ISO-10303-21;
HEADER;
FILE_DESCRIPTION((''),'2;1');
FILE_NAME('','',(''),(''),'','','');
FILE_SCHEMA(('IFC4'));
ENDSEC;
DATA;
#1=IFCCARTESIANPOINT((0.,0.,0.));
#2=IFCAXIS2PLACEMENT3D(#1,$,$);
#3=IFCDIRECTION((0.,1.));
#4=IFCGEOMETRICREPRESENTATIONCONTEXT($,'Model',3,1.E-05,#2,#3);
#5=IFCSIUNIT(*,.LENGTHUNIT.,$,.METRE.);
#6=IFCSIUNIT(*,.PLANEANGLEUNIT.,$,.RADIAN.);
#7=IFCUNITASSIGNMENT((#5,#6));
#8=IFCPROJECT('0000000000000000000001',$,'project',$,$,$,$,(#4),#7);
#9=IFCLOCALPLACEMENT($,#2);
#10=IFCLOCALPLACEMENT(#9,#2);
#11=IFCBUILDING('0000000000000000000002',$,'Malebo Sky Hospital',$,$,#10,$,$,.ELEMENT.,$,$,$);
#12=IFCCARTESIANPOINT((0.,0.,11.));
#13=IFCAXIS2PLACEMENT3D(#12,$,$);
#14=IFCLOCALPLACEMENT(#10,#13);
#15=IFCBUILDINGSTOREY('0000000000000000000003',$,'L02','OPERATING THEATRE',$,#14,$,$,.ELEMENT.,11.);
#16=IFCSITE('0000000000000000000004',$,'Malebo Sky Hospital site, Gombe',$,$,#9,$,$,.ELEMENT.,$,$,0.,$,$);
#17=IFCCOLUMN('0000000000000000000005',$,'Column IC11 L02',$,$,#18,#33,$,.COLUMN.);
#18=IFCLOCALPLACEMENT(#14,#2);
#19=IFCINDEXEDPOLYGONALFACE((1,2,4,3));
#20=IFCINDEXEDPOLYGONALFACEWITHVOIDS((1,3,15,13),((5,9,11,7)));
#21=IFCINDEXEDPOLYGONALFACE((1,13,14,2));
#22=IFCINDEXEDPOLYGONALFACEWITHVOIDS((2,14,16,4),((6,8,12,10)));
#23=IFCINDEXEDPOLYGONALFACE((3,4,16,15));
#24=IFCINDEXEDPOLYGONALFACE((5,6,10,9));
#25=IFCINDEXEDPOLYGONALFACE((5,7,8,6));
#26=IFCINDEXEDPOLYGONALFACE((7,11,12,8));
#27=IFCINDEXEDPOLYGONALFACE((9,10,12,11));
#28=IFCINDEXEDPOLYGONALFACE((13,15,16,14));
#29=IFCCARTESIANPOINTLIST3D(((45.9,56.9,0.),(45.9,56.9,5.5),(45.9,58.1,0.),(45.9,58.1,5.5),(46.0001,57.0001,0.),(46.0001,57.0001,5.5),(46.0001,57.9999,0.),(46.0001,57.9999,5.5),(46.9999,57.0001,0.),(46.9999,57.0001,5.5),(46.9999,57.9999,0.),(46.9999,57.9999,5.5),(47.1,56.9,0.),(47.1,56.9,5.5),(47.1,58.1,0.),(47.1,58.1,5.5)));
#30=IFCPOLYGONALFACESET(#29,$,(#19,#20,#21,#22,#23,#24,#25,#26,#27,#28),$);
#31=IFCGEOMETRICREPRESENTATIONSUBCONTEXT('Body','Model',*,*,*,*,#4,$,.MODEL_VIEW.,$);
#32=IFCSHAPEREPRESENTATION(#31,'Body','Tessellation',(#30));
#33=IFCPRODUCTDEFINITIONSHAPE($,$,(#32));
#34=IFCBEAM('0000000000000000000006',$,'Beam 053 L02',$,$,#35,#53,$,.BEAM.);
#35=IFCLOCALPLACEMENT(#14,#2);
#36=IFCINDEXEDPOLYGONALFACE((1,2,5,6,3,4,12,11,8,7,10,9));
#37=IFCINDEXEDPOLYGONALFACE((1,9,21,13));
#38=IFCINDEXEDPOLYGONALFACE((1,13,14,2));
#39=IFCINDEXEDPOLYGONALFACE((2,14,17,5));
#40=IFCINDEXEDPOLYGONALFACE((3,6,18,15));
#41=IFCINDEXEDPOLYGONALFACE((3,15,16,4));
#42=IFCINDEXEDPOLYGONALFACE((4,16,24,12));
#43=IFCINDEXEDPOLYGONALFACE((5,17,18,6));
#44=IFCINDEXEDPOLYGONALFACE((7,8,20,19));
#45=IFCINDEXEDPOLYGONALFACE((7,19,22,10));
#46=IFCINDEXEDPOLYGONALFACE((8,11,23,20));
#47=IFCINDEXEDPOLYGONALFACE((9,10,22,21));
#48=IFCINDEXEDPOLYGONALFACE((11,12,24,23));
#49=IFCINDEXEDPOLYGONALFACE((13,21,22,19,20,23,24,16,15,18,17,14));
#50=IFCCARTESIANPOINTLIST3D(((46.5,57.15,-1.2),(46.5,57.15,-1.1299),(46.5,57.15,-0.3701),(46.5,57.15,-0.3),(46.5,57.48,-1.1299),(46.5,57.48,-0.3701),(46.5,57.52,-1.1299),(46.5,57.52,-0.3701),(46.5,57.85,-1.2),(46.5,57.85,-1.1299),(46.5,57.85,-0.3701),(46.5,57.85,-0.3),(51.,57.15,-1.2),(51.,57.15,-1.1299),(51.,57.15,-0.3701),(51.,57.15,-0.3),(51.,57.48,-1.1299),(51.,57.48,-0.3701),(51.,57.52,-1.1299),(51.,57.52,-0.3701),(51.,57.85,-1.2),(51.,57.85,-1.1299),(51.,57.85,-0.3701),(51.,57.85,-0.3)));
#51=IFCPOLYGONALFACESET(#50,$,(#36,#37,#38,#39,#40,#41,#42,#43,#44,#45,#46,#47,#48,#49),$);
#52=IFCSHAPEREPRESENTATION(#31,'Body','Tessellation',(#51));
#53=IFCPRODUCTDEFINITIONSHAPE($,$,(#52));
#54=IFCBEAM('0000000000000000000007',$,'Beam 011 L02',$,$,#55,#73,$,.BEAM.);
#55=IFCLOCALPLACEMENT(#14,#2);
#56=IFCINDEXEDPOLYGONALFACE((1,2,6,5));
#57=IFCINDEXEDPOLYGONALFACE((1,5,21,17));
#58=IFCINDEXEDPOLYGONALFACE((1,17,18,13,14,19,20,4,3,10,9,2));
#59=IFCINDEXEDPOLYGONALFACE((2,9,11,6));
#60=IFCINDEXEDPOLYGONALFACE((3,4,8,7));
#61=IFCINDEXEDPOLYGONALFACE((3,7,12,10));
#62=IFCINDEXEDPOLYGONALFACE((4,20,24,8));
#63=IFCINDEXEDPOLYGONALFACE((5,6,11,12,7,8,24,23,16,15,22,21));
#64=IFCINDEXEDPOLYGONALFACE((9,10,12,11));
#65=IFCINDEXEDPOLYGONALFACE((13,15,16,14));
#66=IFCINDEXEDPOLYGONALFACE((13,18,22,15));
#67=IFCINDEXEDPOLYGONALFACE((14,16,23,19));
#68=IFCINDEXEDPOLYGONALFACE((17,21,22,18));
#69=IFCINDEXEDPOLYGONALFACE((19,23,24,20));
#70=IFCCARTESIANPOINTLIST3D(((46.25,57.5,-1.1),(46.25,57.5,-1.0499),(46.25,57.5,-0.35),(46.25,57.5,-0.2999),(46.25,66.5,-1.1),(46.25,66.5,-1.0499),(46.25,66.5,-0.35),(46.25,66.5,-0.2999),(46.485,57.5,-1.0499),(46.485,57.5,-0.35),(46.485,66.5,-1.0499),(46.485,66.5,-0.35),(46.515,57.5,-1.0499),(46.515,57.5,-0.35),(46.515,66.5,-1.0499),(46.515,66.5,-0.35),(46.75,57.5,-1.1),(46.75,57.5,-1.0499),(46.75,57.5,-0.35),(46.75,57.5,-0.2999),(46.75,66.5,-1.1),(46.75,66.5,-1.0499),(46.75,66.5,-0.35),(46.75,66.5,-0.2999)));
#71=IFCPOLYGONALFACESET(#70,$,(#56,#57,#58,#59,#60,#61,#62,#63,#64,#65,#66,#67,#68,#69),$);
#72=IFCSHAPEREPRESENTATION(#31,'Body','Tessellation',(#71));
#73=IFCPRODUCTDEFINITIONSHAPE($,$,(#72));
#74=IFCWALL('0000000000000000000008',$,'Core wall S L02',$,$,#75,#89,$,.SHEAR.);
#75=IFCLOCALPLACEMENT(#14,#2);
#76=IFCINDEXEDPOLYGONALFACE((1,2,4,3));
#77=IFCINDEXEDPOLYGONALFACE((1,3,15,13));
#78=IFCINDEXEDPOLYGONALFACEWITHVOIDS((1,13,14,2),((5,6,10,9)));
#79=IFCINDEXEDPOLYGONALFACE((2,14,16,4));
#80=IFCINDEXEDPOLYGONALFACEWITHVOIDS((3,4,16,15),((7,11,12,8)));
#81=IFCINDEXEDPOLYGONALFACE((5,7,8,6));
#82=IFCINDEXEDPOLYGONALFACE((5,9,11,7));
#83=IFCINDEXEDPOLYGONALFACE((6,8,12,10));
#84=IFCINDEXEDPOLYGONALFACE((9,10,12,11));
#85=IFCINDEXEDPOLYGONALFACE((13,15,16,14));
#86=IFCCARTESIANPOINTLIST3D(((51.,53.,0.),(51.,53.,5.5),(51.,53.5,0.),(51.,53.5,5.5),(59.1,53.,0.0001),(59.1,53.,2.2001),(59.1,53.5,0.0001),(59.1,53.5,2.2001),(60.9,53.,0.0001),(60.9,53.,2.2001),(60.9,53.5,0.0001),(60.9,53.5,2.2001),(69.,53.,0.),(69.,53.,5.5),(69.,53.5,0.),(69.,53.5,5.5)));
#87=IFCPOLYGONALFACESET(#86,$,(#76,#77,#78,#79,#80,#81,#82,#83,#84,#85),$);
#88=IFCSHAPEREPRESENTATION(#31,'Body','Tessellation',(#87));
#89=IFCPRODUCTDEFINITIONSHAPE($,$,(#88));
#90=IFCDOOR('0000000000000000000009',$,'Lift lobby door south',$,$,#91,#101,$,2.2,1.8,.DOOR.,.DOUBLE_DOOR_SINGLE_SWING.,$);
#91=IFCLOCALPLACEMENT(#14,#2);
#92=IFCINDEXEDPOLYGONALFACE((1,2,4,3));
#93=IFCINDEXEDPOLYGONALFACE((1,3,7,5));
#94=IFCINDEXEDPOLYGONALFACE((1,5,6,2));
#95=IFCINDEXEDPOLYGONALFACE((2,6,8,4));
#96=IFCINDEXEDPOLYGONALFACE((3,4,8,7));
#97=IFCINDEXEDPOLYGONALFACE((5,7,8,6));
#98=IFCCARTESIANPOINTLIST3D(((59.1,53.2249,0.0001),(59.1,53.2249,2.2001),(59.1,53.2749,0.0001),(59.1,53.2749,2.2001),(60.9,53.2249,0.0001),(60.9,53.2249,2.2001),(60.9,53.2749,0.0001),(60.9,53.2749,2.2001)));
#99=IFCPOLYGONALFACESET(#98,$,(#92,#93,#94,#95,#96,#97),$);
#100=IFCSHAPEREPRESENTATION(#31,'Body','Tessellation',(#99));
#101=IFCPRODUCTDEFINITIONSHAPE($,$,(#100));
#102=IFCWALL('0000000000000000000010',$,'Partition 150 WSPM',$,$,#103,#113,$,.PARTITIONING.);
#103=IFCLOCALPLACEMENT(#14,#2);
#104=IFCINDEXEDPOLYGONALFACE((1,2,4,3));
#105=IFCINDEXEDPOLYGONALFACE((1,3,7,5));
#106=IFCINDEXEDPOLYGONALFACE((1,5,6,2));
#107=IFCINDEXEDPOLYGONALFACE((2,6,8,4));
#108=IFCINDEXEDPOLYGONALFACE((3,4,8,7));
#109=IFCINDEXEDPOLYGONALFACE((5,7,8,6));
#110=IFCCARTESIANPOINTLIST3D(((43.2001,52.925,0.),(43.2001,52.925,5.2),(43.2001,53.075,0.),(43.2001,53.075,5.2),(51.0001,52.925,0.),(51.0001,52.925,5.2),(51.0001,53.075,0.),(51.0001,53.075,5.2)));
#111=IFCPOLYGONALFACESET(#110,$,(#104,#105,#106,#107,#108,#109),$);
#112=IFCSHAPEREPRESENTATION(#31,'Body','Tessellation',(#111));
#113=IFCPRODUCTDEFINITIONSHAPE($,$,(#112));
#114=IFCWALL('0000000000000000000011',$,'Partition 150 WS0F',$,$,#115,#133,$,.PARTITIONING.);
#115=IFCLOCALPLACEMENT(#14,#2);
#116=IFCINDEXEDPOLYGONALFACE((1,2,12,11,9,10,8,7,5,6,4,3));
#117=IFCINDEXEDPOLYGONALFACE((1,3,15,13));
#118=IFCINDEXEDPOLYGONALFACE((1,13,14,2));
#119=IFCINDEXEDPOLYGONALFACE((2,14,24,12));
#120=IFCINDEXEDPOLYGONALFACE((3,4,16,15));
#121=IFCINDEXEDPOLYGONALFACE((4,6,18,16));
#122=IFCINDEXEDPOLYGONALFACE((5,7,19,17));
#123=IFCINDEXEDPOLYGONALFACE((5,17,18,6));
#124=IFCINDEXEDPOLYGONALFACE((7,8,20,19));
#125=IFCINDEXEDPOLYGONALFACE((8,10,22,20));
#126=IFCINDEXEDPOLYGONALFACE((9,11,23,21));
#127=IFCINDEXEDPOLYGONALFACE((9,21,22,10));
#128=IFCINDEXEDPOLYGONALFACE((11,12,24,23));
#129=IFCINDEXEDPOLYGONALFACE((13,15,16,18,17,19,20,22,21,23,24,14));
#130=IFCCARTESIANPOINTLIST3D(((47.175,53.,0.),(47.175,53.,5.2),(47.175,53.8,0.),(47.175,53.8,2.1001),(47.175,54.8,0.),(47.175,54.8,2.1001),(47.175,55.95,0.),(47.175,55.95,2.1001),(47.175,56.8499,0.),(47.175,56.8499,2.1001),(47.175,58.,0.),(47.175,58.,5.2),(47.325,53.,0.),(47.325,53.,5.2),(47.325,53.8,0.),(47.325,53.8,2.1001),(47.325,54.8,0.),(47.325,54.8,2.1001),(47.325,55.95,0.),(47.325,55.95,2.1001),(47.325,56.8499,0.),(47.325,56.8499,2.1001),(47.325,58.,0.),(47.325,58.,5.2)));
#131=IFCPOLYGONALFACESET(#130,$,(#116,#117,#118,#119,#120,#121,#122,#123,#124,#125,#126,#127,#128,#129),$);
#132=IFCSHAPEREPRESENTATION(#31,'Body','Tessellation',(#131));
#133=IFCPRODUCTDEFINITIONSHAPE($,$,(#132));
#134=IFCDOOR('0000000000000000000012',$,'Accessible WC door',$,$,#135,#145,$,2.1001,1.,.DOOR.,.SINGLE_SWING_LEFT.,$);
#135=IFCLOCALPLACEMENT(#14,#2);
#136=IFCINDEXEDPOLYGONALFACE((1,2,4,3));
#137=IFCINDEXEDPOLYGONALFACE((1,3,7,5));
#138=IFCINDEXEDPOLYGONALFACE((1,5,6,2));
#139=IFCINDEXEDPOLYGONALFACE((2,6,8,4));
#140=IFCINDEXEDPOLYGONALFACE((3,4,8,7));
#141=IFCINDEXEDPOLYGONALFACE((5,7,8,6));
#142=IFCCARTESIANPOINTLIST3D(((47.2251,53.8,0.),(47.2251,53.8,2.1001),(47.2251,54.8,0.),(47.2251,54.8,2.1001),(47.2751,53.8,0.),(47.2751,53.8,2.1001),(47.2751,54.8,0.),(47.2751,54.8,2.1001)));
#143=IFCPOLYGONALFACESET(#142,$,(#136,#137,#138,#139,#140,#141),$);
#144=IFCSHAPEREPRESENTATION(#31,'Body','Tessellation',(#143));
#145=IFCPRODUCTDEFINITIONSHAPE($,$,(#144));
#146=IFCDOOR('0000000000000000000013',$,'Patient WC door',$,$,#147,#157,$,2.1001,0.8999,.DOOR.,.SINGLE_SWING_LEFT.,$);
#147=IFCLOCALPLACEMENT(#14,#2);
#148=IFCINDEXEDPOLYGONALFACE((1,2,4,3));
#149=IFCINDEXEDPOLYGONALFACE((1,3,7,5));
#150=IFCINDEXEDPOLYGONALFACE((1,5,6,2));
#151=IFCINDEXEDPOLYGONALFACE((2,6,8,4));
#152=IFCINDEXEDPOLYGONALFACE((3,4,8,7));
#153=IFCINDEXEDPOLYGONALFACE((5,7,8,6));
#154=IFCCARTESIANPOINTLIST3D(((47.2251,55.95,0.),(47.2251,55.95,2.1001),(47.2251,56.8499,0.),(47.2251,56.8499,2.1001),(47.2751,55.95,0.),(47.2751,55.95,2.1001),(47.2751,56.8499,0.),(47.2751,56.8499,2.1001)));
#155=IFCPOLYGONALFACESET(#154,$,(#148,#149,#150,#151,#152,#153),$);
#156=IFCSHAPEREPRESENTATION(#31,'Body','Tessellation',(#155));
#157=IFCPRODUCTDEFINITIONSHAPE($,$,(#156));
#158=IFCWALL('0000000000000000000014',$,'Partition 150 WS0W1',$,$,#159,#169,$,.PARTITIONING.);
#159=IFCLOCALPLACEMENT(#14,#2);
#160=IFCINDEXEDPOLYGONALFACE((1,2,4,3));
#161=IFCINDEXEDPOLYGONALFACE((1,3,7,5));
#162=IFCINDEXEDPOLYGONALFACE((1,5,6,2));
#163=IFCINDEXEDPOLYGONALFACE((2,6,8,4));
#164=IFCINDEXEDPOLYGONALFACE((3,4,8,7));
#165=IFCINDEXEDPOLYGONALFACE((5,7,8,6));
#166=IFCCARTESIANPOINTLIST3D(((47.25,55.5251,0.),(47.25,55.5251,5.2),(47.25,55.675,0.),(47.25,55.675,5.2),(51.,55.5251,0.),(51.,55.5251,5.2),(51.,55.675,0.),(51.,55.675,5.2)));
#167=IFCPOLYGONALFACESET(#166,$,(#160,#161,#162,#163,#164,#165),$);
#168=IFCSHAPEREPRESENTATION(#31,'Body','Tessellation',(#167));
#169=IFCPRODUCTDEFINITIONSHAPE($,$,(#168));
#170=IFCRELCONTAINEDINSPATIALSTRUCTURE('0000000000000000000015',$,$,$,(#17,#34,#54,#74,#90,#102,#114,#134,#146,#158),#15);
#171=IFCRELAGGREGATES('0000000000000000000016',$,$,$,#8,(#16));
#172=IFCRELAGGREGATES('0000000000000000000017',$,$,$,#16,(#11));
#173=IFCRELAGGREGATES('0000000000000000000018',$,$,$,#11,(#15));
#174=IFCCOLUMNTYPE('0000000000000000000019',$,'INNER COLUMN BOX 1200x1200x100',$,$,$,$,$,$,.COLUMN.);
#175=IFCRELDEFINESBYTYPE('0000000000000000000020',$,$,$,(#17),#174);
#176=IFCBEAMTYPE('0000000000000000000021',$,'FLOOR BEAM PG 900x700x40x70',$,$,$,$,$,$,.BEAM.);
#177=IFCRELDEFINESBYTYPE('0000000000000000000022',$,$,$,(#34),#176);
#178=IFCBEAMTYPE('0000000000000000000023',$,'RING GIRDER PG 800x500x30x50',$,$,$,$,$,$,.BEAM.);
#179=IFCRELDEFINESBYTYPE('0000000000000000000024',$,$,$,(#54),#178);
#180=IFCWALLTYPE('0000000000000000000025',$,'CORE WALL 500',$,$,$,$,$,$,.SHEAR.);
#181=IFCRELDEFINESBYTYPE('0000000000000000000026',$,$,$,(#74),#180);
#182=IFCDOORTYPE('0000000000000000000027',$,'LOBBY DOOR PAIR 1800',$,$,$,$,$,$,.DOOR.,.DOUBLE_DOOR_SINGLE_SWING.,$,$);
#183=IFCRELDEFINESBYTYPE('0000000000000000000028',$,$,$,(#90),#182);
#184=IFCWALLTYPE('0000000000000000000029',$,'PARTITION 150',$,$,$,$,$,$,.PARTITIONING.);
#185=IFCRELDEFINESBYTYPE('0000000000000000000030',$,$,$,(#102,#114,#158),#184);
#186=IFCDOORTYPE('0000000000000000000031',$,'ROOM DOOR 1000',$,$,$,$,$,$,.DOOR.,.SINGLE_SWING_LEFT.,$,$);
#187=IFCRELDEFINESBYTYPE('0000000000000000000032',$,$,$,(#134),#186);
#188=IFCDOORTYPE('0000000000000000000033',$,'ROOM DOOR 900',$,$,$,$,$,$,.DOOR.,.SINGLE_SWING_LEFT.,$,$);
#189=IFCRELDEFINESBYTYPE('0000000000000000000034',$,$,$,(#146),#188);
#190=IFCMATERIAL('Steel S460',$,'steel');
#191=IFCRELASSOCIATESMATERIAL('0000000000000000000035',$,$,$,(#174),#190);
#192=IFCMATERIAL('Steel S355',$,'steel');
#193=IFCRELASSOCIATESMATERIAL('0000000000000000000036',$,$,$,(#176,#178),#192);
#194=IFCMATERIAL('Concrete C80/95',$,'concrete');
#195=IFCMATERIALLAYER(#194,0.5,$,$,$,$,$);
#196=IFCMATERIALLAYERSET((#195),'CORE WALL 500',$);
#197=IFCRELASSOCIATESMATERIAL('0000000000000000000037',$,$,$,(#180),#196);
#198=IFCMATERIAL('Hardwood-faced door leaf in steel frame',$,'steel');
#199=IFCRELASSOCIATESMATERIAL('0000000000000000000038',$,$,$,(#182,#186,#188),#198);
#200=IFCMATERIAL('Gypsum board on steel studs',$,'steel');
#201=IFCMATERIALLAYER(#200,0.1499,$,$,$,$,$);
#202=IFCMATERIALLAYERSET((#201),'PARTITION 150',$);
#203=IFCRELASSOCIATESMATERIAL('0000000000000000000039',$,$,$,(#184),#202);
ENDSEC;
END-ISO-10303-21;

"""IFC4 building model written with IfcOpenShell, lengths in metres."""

from ifc_helpers import new_model, si_unit, direction, frame, frame_2d, origin, origin_2d, place, context, subcontext, project, spatial, rectangle, hollow_rectangle, i_section, extrude, material, layer, layer_set, material_profile, profile_set, type_object, element, fill, save


model = new_model("IFC4")

# Units and contexts
model_context = context("Model", 3, precision=1e-05, world=origin(), true_north=direction((0.0, 1.0)))
body_context = subcontext(model_context, "Body", "Model", "MODEL_VIEW")
ifc_project = project(units=[si_unit("LENGTHUNIT", "METRE"), si_unit("PLANEANGLEUNIT", "RADIAN")], contexts=[model_context])

# Site, building, storey
site_placement = place(None, origin())
site = spatial("IfcSite", under=ifc_project, at=site_placement, Name="Malebo Sky Hospital site, Gombe", CompositionType="ELEMENT", RefElevation=0.0)
building_placement = place(site_placement, origin())
building = spatial("IfcBuilding", under=site, at=building_placement, Name="Malebo Sky Hospital", CompositionType="ELEMENT")
storey_placement = place(building_placement, frame((0.0, 0.0, 11.0)))
storey = spatial("IfcBuildingStorey", under=building, at=storey_placement, Name="L02", Description="OPERATING THEATRE", CompositionType="ELEMENT", Elevation=11.0)

# Column
ifc_material_1 = material(Name="Steel S460", Category="steel")
ifc_material_profile_1 = material_profile(ifc_material_1, hollow_rectangle(XDim=1.2, YDim=1.2, WallThickness=0.1001, at=origin_2d()), Name="BOX 1200x1200x100")
ifc_profile_set_1 = profile_set([ifc_material_profile_1], Name="Steel S460")
column_type = type_object("IfcColumnType", Name="INNER COLUMN BOX 1200x1200x100", PredefinedType="COLUMN", material=ifc_profile_set_1)
column_placement = place(storey_placement, frame((46.5, 57.5, 0.0), z_axis=(0.0, 0.0, 1.0), x_axis=(1.0, 0.0, 0.0)))
element("IfcColumn", 1, at=column_placement, inside=storey, type_object=column_type, Name="Column IC11 L02", PredefinedType="COLUMN", context=body_context, shape_type="SweptSolid", body=[
    extrude(hollow_rectangle(XDim=1.2, YDim=1.2, WallThickness=0.1001, at=origin_2d()), origin(), (0.0, 0.0, 1.0), 5.5),
])

# Beams
ifc_material_2 = material(Name="Steel S355", Category="steel")
ifc_material_profile_2 = material_profile(ifc_material_2, i_section(OverallWidth=0.7, OverallDepth=0.8999, WebThickness=0.04, FlangeThickness=0.0701, at=origin_2d()), Name="PG 900x700x40x70")
ifc_profile_set_2 = profile_set([ifc_material_profile_2], Name="Steel S355")
beam_type_1 = type_object("IfcBeamType", Name="FLOOR BEAM PG 900x700x40x70", PredefinedType="BEAM", material=ifc_profile_set_2)
beam_1_placement = place(storey_placement, frame((46.5, 57.5, -0.75), z_axis=(1.0, 0.0, 0.0), x_axis=(0.0, 1.0, 0.0)))
element("IfcBeam", 2, at=beam_1_placement, inside=storey, type_object=beam_type_1, Name="Beam 053 L02", PredefinedType="BEAM", context=body_context, shape_type="SweptSolid", body=[
    extrude(i_section(OverallWidth=0.7, OverallDepth=0.8999, WebThickness=0.04, FlangeThickness=0.0701, at=origin_2d()), origin(), (0.0, 0.0, 1.0), 4.5),
])
ifc_material_profile_3 = material_profile(ifc_material_2, i_section(OverallWidth=0.5, OverallDepth=0.8, WebThickness=0.03, FlangeThickness=0.05, at=origin_2d()), Name="PG 800x500x30x50")
ifc_profile_set_3 = profile_set([ifc_material_profile_3], Name="Steel S355")
beam_type_2 = type_object("IfcBeamType", Name="RING GIRDER PG 800x500x30x50", PredefinedType="BEAM", material=ifc_profile_set_3)
beam_2_placement = place(storey_placement, frame((46.5, 57.5, -0.7), z_axis=(0.0, 1.0, 0.0), x_axis=(-1.0, 0.0, 0.0)))
element("IfcBeam", 3, at=beam_2_placement, inside=storey, type_object=beam_type_2, Name="Beam 011 L02", PredefinedType="BEAM", context=body_context, shape_type="SweptSolid", body=[
    extrude(i_section(OverallWidth=0.5, OverallDepth=0.8, WebThickness=0.03, FlangeThickness=0.05, at=origin_2d()), origin(), (0.0, 0.0, 1.0), 9.0),
])

# Wall, opening, door
ifc_material_3 = material(Name="Concrete C80/95", Category="concrete")
ifc_layer_1 = layer(ifc_material_3, 0.5)
ifc_layer_set_1 = layer_set([ifc_layer_1], Name="CORE WALL 500")
wall_type_1 = type_object("IfcWallType", Name="CORE WALL 500", PredefinedType="SHEAR", material=ifc_layer_set_1)
wall_1_placement = place(storey_placement, frame((51.0, 53.25, 0.0), z_axis=(0.0, 0.0, 1.0), x_axis=(1.0, 0.0, 0.0)))
wall_1 = element("IfcWall", 4, at=wall_1_placement, inside=storey, type_object=wall_type_1, Name="Core wall S L02", PredefinedType="SHEAR", context=body_context, shape_type="SweptSolid", body=[
    extrude(rectangle(XDim=18.0, YDim=0.5, at=frame_2d((9.0, 0.0))), origin(), (0.0, 0.0, 1.0), 5.5),
])
opening_1_placement = place(wall_1_placement, frame((8.1001, 0.0, 0.0)))
opening_1 = element("IfcOpeningElement", 5, at=opening_1_placement, cuts=wall_1, PredefinedType="OPENING", context=body_context, shape_type="SweptSolid", body=[
    extrude(rectangle(XDim=1.8, YDim=2.2, at=frame_2d((0.8999, 1.1001))), frame((0.0, 0.26, 0.0), z_axis=(0.0, -1.0, 0.0), x_axis=(1.0, 0.0, 0.0)), (0.0, 0.0, 1.0), 0.52),
])
ifc_material_4 = material(Name="Hardwood-faced door leaf in steel frame", Category="steel")
door_type_1 = type_object("IfcDoorType", Name="LOBBY DOOR PAIR 1800", OperationType="DOUBLE_DOOR_SINGLE_SWING", PredefinedType="DOOR", material=ifc_material_4)
door_1_placement = place(opening_1_placement, origin())
door_1 = element("IfcDoor", 6, at=door_1_placement, inside=storey, type_object=door_type_1, Name="Lift lobby door south", OperationType="DOUBLE_DOOR_SINGLE_SWING", OverallHeight=2.2, OverallWidth=1.8, PredefinedType="DOOR", context=body_context, shape_type="SweptSolid", body=[
    extrude(rectangle(XDim=1.8, YDim=2.2, at=frame_2d((0.8999, 1.1001))), frame((0.0, 0.0249, 0.0), z_axis=(0.0, -1.0, 0.0), x_axis=(1.0, 0.0, 0.0)), (0.0, 0.0, 1.0), 0.05),
])
fill(opening_1, door_1)

# Wall
ifc_material_5 = material(Name="Gypsum board on steel studs", Category="steel")
ifc_layer_2 = layer(ifc_material_5, 0.1499)
ifc_layer_set_2 = layer_set([ifc_layer_2], Name="PARTITION 150")
wall_type_2 = type_object("IfcWallType", Name="PARTITION 150", PredefinedType="PARTITIONING", material=ifc_layer_set_2)
wall_2_placement = place(storey_placement, frame((51.0, 53.0, 0.0), z_axis=(0.0, 0.0, 1.0), x_axis=(-1.0, 0.0, 0.0)))
element("IfcWall", 7, at=wall_2_placement, inside=storey, type_object=wall_type_2, Name="Partition 150 WSPM", PredefinedType="PARTITIONING", context=body_context, shape_type="SweptSolid", body=[
    extrude(rectangle(XDim=7.8, YDim=0.1499, at=frame_2d((3.8999, 0.0))), origin(), (0.0, 0.0, 1.0), 5.2),
])

# Wall, openings, doors
wall_3_placement = place(storey_placement, frame((47.25, 53.0, 0.0), z_axis=(0.0, 0.0, 1.0), x_axis=(0.0, 1.0, 0.0)))
wall_3 = element("IfcWall", 8, at=wall_3_placement, inside=storey, type_object=wall_type_2, Name="Partition 150 WS0F", PredefinedType="PARTITIONING", context=body_context, shape_type="SweptSolid", body=[
    extrude(rectangle(XDim=5.0, YDim=0.1499, at=frame_2d((2.5, 0.0))), origin(), (0.0, 0.0, 1.0), 5.2),
])
opening_2_placement = place(wall_3_placement, frame((0.8, 0.0, 0.0)))
opening_2 = element("IfcOpeningElement", 9, at=opening_2_placement, cuts=wall_3, PredefinedType="OPENING", context=body_context, shape_type="SweptSolid", body=[
    extrude(rectangle(XDim=1.0, YDim=2.1001, at=frame_2d((0.5, 1.05))), frame((0.0, 0.085, 0.0), z_axis=(0.0, -1.0, 0.0), x_axis=(1.0, 0.0, 0.0)), (0.0, 0.0, 1.0), 0.1699),
])
opening_3_placement = place(wall_3_placement, frame((2.95, 0.0, 0.0)))
opening_3 = element("IfcOpeningElement", 10, at=opening_3_placement, cuts=wall_3, PredefinedType="OPENING", context=body_context, shape_type="SweptSolid", body=[
    extrude(rectangle(XDim=0.8999, YDim=2.1001, at=frame_2d((0.45, 1.05))), frame((0.0, 0.085, 0.0), z_axis=(0.0, -1.0, 0.0), x_axis=(1.0, 0.0, 0.0)), (0.0, 0.0, 1.0), 0.1699),
])
door_type_2 = type_object("IfcDoorType", Name="ROOM DOOR 1000", OperationType="SINGLE_SWING_LEFT", PredefinedType="DOOR", material=ifc_material_4)
door_2_placement = place(opening_2_placement, origin())
door_2 = element("IfcDoor", 11, at=door_2_placement, inside=storey, type_object=door_type_2, Name="Accessible WC door", OperationType="SINGLE_SWING_LEFT", OverallHeight=2.1001, OverallWidth=1.0, PredefinedType="DOOR", context=body_context, shape_type="SweptSolid", body=[
    extrude(rectangle(XDim=1.0, YDim=2.1001, at=frame_2d((0.5, 1.05))), frame((0.0, 0.0249, 0.0), z_axis=(0.0, -1.0, 0.0), x_axis=(1.0, 0.0, 0.0)), (0.0, 0.0, 1.0), 0.05),
])
fill(opening_2, door_2)
door_type_3 = type_object("IfcDoorType", Name="ROOM DOOR 900", OperationType="SINGLE_SWING_LEFT", PredefinedType="DOOR", material=ifc_material_4)
door_3_placement = place(opening_3_placement, origin())
door_3 = element("IfcDoor", 12, at=door_3_placement, inside=storey, type_object=door_type_3, Name="Patient WC door", OperationType="SINGLE_SWING_LEFT", OverallHeight=2.1001, OverallWidth=0.8999, PredefinedType="DOOR", context=body_context, shape_type="SweptSolid", body=[
    extrude(rectangle(XDim=0.8999, YDim=2.1001, at=frame_2d((0.45, 1.05))), frame((0.0, 0.0249, 0.0), z_axis=(0.0, -1.0, 0.0), x_axis=(1.0, 0.0, 0.0)), (0.0, 0.0, 1.0), 0.05),
])
fill(opening_3, door_3)

# Wall
wall_4_placement = place(storey_placement, frame((51.0, 55.6001, 0.0), z_axis=(0.0, 0.0, 1.0), x_axis=(-1.0, 0.0, 0.0)))
element("IfcWall", 13, at=wall_4_placement, inside=storey, type_object=wall_type_2, Name="Partition 150 WS0W1", PredefinedType="PARTITIONING", context=body_context, shape_type="SweptSolid", body=[
    extrude(rectangle(XDim=3.75, YDim=0.1499, at=frame_2d((1.875, 0.0))), origin(), (0.0, 0.0, 1.0), 5.2),
])

save(model, "model.ifc")
